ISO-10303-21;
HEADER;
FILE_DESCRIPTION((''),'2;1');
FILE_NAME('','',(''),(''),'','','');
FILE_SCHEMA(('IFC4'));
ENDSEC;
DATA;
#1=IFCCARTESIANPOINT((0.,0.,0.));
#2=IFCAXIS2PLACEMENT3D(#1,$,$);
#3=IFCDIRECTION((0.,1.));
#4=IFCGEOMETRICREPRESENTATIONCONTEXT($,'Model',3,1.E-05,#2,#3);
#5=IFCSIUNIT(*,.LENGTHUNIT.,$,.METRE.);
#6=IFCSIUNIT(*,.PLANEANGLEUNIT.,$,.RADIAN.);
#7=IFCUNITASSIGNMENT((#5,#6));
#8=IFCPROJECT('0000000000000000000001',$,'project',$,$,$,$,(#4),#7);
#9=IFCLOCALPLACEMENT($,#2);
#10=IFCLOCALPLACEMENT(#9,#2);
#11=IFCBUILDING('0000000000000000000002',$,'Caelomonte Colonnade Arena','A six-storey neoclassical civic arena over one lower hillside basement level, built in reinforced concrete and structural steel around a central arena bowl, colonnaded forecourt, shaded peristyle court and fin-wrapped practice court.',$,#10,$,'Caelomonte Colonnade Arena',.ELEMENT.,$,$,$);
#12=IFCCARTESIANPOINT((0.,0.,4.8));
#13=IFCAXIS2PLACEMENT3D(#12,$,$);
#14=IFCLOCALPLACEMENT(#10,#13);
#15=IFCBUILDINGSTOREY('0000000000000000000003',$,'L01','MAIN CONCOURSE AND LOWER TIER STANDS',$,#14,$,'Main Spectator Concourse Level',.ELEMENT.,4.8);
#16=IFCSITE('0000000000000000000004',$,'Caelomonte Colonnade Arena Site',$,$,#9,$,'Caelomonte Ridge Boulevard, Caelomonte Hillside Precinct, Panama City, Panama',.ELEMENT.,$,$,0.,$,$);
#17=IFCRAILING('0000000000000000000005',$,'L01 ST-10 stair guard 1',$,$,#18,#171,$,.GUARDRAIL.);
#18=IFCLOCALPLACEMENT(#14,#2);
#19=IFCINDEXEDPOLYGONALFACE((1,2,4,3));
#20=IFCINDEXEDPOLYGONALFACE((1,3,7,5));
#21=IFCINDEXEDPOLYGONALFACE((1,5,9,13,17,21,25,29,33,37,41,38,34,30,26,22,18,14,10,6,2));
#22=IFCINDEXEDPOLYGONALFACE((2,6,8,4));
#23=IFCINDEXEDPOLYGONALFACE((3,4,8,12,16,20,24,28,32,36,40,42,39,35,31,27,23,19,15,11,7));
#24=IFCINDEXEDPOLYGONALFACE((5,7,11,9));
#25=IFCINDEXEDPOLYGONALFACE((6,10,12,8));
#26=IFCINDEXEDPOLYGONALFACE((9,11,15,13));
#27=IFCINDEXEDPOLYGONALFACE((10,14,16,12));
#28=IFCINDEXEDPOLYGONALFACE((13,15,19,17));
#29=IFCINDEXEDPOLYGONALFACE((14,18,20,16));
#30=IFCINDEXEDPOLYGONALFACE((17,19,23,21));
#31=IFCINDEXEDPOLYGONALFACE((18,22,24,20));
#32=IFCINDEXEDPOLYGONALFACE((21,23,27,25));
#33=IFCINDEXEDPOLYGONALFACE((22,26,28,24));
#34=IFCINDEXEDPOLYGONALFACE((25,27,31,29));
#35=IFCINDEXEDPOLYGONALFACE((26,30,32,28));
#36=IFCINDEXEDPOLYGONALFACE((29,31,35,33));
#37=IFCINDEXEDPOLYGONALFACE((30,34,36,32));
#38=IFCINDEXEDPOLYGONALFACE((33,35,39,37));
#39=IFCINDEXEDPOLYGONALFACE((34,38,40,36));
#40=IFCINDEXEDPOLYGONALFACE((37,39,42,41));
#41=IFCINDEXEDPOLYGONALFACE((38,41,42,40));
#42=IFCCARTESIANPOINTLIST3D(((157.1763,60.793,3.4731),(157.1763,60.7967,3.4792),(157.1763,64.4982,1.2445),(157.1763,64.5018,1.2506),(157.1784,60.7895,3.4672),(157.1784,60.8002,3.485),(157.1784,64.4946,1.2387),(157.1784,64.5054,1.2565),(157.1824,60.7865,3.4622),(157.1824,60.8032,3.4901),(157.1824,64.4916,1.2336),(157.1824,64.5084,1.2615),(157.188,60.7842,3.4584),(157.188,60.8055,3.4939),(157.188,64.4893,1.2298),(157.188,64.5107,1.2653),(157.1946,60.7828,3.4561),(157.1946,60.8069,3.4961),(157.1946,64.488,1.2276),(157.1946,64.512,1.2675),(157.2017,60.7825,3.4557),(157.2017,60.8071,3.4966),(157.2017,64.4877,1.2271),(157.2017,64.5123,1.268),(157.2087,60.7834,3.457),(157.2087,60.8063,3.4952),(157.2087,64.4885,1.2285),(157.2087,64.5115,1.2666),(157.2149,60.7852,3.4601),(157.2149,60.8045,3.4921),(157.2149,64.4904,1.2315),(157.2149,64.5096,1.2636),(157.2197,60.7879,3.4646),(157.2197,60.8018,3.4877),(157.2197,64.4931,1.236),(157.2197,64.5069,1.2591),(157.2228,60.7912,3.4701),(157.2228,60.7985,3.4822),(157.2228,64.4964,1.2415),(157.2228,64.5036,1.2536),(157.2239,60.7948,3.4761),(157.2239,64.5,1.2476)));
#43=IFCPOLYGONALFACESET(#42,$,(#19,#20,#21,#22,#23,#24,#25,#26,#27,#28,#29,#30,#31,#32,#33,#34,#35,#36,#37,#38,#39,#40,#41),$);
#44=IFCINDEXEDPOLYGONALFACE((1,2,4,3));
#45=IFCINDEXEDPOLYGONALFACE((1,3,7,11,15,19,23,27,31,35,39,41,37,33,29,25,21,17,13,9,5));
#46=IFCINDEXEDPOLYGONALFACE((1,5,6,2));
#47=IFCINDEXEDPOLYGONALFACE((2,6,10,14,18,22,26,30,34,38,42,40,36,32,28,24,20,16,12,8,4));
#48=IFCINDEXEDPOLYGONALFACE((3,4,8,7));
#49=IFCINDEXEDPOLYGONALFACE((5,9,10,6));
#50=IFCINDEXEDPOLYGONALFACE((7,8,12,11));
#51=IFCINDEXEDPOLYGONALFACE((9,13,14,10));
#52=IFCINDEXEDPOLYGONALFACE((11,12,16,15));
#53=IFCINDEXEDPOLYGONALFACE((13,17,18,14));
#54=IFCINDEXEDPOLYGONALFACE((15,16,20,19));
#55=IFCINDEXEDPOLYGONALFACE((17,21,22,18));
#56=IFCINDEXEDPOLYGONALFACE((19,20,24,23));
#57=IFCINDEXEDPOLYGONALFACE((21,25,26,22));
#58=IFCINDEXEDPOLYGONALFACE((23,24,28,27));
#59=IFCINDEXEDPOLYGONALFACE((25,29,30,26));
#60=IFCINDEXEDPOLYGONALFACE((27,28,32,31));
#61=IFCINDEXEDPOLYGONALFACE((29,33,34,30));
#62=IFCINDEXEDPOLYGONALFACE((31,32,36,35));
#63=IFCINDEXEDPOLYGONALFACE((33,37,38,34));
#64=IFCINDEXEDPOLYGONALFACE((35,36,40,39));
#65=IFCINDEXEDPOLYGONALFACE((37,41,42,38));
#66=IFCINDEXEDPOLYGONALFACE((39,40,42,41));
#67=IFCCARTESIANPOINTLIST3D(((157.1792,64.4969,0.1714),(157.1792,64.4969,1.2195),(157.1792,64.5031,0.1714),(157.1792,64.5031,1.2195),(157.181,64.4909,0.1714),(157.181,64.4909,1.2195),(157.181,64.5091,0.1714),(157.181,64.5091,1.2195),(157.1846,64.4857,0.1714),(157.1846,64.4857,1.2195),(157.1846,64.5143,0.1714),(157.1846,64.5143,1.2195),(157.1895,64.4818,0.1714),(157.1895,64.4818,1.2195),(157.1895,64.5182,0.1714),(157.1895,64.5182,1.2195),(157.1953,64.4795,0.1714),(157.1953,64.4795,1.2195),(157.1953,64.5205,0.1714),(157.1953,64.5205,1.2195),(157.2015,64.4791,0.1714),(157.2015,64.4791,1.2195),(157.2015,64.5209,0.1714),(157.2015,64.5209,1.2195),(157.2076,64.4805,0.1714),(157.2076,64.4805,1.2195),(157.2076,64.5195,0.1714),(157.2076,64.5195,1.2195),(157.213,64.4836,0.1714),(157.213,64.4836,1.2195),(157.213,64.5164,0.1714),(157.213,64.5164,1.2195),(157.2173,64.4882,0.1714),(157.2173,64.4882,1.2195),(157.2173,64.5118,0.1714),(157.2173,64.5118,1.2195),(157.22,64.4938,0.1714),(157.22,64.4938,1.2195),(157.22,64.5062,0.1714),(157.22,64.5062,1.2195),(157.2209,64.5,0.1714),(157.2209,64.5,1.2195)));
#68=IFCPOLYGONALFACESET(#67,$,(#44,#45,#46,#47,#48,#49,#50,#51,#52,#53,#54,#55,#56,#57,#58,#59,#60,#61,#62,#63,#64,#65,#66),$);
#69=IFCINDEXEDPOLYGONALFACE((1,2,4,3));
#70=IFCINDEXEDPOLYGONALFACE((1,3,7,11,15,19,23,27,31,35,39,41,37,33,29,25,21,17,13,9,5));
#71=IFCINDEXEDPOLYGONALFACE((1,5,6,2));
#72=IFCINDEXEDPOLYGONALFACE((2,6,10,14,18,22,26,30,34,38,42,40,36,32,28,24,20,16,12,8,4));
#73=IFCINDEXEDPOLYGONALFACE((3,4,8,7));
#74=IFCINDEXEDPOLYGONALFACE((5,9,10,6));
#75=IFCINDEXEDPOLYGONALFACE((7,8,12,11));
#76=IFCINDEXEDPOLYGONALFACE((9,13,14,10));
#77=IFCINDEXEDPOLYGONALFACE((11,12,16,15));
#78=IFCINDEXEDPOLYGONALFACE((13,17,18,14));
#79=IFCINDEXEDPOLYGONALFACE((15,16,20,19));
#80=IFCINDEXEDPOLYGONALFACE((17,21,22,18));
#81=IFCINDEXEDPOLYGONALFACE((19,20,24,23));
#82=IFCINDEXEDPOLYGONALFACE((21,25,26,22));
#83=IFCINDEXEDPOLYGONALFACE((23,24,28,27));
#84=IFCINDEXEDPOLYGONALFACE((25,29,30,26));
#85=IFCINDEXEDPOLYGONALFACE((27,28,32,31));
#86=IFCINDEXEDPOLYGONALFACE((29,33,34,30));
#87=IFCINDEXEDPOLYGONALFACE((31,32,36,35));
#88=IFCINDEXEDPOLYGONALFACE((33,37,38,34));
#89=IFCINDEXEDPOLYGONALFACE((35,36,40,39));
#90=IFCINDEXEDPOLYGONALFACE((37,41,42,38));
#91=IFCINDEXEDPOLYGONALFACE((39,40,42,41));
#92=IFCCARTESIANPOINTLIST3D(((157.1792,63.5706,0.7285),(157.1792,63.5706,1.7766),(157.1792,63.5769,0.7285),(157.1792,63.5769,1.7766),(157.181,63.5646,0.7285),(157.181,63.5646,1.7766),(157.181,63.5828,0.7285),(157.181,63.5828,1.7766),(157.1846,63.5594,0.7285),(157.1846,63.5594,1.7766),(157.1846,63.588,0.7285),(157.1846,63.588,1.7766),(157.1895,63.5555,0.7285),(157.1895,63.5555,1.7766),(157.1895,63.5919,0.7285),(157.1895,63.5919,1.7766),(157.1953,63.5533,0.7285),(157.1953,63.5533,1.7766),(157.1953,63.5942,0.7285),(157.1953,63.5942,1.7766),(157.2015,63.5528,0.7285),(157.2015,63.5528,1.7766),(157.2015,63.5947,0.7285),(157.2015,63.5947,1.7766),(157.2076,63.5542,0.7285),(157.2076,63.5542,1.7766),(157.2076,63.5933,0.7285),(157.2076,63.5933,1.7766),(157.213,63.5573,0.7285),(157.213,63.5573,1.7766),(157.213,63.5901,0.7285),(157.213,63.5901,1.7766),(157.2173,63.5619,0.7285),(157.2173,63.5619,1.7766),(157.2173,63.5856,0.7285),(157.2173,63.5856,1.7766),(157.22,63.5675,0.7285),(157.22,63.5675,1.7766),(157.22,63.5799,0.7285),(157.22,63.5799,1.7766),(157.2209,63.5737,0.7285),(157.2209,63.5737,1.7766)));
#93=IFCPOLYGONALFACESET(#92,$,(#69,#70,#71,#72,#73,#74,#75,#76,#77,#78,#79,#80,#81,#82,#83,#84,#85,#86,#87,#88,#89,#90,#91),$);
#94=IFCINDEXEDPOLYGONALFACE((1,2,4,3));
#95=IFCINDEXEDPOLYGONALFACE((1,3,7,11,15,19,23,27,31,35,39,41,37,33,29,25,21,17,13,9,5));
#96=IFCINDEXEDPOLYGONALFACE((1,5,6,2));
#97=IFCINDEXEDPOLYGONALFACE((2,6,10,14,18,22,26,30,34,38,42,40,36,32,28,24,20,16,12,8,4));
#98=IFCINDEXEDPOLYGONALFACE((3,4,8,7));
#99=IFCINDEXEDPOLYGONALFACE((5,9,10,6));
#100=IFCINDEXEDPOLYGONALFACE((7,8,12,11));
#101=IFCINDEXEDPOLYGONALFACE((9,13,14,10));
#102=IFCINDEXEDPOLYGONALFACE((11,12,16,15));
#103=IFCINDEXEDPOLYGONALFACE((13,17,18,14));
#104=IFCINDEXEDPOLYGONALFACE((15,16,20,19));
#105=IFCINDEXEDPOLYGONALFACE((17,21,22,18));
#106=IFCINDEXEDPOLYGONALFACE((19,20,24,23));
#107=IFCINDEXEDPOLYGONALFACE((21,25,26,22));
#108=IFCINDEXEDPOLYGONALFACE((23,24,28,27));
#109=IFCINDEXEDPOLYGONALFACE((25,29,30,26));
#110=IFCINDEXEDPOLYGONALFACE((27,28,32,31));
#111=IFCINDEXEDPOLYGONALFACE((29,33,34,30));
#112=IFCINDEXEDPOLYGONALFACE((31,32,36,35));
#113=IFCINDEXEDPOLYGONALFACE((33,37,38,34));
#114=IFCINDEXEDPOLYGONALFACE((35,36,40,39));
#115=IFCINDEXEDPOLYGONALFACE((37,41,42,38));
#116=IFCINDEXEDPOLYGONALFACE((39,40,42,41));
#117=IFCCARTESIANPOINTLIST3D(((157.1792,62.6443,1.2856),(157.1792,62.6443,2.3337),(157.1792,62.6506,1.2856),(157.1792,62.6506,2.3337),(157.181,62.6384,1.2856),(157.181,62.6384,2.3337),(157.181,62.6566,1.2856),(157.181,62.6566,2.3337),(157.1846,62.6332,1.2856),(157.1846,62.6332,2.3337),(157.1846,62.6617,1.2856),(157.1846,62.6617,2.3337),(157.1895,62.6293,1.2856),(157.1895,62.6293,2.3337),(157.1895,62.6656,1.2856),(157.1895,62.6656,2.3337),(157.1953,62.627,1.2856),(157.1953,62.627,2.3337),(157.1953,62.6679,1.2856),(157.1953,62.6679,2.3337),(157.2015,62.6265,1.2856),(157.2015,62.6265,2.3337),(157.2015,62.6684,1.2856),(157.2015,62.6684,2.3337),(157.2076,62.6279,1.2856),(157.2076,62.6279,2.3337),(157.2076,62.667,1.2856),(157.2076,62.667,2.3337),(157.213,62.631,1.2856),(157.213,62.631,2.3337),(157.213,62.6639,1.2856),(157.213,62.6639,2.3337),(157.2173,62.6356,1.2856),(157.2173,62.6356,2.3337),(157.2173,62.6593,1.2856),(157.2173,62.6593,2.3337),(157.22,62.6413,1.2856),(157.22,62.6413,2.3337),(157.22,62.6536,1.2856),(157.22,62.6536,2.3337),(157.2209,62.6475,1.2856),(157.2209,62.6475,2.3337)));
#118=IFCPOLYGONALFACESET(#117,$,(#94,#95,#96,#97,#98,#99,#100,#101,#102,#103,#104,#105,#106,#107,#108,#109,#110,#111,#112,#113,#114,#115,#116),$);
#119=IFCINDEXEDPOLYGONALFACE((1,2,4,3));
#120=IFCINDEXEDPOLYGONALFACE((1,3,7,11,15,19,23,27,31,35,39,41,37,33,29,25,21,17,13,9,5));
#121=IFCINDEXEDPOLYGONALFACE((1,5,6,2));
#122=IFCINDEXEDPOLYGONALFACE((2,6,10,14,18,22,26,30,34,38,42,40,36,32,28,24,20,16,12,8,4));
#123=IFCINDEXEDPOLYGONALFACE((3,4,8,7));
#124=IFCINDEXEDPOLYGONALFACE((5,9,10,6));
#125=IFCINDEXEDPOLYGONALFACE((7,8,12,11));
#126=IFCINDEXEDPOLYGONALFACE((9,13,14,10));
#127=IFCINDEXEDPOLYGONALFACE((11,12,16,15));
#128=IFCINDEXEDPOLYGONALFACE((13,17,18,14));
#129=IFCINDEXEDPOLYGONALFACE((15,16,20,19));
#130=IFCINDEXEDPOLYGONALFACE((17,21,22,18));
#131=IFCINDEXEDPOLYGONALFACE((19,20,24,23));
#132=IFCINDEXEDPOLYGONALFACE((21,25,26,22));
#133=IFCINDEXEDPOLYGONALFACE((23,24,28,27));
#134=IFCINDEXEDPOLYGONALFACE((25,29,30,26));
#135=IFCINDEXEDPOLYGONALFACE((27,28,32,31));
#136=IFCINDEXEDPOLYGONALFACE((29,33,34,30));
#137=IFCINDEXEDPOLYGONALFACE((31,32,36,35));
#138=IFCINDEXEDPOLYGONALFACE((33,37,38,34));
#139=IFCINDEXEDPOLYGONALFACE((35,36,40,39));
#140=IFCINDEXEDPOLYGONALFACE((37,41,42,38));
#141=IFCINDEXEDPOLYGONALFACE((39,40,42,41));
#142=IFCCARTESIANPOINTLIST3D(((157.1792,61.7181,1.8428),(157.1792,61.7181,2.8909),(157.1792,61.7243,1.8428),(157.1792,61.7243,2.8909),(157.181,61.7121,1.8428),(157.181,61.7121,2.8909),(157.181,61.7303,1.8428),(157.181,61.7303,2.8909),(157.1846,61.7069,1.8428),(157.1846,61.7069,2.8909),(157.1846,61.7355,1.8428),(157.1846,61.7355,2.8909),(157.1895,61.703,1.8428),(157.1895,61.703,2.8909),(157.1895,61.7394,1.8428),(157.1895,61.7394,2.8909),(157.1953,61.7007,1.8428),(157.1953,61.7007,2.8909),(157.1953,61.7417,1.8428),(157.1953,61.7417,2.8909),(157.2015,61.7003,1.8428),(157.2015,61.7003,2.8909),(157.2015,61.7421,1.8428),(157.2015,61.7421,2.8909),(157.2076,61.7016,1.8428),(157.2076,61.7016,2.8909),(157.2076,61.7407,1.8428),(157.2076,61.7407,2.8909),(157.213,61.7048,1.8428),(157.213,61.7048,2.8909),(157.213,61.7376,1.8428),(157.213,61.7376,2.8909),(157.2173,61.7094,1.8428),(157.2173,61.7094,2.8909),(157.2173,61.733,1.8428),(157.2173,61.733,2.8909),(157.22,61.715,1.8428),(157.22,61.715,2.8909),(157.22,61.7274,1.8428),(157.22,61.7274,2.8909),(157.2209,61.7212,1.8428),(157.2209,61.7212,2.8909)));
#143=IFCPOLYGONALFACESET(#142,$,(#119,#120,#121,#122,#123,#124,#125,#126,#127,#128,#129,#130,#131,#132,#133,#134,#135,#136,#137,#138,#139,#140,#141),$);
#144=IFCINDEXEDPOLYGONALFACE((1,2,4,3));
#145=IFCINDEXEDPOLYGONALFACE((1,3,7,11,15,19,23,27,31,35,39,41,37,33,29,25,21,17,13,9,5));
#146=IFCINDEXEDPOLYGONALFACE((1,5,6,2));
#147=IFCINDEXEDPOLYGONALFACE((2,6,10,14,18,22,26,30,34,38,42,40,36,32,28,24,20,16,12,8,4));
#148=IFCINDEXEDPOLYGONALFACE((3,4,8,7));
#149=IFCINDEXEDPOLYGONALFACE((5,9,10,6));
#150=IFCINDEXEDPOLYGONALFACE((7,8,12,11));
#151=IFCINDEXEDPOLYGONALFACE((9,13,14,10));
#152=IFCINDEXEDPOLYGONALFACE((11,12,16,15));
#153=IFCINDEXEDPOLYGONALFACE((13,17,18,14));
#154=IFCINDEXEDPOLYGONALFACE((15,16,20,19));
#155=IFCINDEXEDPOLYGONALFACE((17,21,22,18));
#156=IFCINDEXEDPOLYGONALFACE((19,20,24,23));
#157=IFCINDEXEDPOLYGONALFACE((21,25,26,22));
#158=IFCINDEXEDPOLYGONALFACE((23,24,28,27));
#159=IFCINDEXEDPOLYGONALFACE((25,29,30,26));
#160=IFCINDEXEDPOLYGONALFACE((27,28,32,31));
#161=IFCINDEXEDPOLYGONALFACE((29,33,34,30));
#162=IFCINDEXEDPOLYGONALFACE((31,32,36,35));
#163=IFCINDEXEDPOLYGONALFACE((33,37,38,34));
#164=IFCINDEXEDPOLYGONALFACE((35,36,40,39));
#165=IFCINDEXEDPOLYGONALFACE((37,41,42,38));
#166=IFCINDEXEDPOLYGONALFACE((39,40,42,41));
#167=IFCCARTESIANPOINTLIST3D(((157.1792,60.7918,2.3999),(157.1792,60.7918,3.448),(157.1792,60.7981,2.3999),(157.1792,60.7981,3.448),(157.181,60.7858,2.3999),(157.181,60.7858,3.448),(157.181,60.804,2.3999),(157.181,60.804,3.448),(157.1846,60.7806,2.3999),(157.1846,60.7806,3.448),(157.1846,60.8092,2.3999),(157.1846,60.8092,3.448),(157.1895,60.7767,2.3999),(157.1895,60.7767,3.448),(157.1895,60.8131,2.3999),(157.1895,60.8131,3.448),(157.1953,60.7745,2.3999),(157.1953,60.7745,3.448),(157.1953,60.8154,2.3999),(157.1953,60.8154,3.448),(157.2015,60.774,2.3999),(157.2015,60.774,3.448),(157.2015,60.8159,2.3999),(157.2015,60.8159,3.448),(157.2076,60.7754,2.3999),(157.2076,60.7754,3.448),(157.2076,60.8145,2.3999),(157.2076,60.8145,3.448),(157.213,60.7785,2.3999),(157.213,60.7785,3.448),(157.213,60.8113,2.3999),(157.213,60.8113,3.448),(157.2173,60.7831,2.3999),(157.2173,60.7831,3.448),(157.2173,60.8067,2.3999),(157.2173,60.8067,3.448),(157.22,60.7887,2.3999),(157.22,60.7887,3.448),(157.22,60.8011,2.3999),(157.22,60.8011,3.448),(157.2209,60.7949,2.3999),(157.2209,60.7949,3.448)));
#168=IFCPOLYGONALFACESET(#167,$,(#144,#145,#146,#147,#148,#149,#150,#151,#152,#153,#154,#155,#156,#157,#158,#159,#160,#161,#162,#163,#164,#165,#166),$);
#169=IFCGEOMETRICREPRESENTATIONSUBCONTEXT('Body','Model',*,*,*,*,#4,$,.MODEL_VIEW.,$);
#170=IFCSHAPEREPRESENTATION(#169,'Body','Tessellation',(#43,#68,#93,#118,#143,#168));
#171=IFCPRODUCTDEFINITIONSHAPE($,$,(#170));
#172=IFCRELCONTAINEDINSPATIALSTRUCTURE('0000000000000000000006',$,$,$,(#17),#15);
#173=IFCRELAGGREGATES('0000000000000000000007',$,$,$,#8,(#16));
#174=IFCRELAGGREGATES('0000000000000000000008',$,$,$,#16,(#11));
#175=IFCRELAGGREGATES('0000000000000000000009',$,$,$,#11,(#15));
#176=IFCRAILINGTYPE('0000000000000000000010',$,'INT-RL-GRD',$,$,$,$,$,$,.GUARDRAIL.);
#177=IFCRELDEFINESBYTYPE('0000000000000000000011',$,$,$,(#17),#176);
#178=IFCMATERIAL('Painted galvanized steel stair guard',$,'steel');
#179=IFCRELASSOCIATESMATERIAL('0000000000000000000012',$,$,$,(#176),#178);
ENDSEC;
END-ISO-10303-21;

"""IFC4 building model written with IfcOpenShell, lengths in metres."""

from ifc_helpers import new_model, si_unit, direction, frame, origin, origin_2d, place, context, subcontext, project, spatial, circle, extrude, material, type_object, element, save


model = new_model("IFC4")

# Units and contexts
model_context = context("Model", 3, precision=1e-05, world=origin(), true_north=direction((0.0, 1.0)))
body_context = subcontext(model_context, "Body", "Model", "MODEL_VIEW")
ifc_project = project(units=[si_unit("LENGTHUNIT", "METRE"), si_unit("PLANEANGLEUNIT", "RADIAN")], contexts=[model_context])

# Site, building, storey
site_placement = place(None, origin())
site = spatial("IfcSite", under=ifc_project, at=site_placement, Name="Caelomonte Colonnade Arena Site", LongName="Caelomonte Ridge Boulevard, Caelomonte Hillside Precinct, Panama City, Panama", CompositionType="ELEMENT", RefElevation=0.0)
building_placement = place(site_placement, origin())
building = spatial("IfcBuilding", under=site, at=building_placement, Name="Caelomonte Colonnade Arena", Description="A six-storey neoclassical civic arena over one lower hillside basement level, built in reinforced concrete and structural steel around a central arena bowl, colonnaded forecourt, shaded peristyle court and fin-wrapped practice court.", LongName="Caelomonte Colonnade Arena", CompositionType="ELEMENT")
storey_placement = place(building_placement, frame((0.0, 0.0, 4.8)))
storey = spatial("IfcBuildingStorey", under=building, at=storey_placement, Name="L01", Description="MAIN CONCOURSE AND LOWER TIER STANDS", LongName="Main Spectator Concourse Level", CompositionType="ELEMENT", Elevation=4.8)

# Railing
ifc_material_1 = material(Name="Painted galvanized steel stair guard", Category="steel")
railing_type_1 = type_object("IfcRailingType", Name="INT-RL-GRD", PredefinedType="GUARDRAIL", material=ifc_material_1)
railing_1_placement = place(storey_placement, frame((157.2, 64.5, 0.1714)))
element("IfcRailing", 1, at=railing_1_placement, inside=storey, type_object=railing_type_1, Name="L01 ST-10 stair guard 1", PredefinedType="GUARDRAIL", context=body_context, shape_type="SweptSolid", body=[
    extrude(circle(Radius=0.0239, at=origin_2d()), frame((0.0, 0.0, 1.0762), z_axis=(0.0, -0.856934, 0.515425), x_axis=(1.0, 0.0, 0.0)), (0.0, 0.0, 1.0), 4.3237),
    extrude(circle(Radius=0.021, at=origin_2d()), origin(), (0.0, 0.0, 1.0), 1.0481),
    extrude(circle(Radius=0.021, at=origin_2d()), frame((0.0, -0.9263, 0.5571)), (0.0, 0.0, 1.0), 1.0481),
    extrude(circle(Radius=0.021, at=origin_2d()), frame((0.0, -1.8525, 1.1143)), (0.0, 0.0, 1.0), 1.0481),
    extrude(circle(Radius=0.021, at=origin_2d()), frame((0.0, -2.7788, 1.6714)), (0.0, 0.0, 1.0), 1.0481),
    extrude(circle(Radius=0.021, at=origin_2d()), frame((0.0, -3.7051, 2.2285)), (0.0, 0.0, 1.0), 1.0481),
])

save(model, "model.ifc")
